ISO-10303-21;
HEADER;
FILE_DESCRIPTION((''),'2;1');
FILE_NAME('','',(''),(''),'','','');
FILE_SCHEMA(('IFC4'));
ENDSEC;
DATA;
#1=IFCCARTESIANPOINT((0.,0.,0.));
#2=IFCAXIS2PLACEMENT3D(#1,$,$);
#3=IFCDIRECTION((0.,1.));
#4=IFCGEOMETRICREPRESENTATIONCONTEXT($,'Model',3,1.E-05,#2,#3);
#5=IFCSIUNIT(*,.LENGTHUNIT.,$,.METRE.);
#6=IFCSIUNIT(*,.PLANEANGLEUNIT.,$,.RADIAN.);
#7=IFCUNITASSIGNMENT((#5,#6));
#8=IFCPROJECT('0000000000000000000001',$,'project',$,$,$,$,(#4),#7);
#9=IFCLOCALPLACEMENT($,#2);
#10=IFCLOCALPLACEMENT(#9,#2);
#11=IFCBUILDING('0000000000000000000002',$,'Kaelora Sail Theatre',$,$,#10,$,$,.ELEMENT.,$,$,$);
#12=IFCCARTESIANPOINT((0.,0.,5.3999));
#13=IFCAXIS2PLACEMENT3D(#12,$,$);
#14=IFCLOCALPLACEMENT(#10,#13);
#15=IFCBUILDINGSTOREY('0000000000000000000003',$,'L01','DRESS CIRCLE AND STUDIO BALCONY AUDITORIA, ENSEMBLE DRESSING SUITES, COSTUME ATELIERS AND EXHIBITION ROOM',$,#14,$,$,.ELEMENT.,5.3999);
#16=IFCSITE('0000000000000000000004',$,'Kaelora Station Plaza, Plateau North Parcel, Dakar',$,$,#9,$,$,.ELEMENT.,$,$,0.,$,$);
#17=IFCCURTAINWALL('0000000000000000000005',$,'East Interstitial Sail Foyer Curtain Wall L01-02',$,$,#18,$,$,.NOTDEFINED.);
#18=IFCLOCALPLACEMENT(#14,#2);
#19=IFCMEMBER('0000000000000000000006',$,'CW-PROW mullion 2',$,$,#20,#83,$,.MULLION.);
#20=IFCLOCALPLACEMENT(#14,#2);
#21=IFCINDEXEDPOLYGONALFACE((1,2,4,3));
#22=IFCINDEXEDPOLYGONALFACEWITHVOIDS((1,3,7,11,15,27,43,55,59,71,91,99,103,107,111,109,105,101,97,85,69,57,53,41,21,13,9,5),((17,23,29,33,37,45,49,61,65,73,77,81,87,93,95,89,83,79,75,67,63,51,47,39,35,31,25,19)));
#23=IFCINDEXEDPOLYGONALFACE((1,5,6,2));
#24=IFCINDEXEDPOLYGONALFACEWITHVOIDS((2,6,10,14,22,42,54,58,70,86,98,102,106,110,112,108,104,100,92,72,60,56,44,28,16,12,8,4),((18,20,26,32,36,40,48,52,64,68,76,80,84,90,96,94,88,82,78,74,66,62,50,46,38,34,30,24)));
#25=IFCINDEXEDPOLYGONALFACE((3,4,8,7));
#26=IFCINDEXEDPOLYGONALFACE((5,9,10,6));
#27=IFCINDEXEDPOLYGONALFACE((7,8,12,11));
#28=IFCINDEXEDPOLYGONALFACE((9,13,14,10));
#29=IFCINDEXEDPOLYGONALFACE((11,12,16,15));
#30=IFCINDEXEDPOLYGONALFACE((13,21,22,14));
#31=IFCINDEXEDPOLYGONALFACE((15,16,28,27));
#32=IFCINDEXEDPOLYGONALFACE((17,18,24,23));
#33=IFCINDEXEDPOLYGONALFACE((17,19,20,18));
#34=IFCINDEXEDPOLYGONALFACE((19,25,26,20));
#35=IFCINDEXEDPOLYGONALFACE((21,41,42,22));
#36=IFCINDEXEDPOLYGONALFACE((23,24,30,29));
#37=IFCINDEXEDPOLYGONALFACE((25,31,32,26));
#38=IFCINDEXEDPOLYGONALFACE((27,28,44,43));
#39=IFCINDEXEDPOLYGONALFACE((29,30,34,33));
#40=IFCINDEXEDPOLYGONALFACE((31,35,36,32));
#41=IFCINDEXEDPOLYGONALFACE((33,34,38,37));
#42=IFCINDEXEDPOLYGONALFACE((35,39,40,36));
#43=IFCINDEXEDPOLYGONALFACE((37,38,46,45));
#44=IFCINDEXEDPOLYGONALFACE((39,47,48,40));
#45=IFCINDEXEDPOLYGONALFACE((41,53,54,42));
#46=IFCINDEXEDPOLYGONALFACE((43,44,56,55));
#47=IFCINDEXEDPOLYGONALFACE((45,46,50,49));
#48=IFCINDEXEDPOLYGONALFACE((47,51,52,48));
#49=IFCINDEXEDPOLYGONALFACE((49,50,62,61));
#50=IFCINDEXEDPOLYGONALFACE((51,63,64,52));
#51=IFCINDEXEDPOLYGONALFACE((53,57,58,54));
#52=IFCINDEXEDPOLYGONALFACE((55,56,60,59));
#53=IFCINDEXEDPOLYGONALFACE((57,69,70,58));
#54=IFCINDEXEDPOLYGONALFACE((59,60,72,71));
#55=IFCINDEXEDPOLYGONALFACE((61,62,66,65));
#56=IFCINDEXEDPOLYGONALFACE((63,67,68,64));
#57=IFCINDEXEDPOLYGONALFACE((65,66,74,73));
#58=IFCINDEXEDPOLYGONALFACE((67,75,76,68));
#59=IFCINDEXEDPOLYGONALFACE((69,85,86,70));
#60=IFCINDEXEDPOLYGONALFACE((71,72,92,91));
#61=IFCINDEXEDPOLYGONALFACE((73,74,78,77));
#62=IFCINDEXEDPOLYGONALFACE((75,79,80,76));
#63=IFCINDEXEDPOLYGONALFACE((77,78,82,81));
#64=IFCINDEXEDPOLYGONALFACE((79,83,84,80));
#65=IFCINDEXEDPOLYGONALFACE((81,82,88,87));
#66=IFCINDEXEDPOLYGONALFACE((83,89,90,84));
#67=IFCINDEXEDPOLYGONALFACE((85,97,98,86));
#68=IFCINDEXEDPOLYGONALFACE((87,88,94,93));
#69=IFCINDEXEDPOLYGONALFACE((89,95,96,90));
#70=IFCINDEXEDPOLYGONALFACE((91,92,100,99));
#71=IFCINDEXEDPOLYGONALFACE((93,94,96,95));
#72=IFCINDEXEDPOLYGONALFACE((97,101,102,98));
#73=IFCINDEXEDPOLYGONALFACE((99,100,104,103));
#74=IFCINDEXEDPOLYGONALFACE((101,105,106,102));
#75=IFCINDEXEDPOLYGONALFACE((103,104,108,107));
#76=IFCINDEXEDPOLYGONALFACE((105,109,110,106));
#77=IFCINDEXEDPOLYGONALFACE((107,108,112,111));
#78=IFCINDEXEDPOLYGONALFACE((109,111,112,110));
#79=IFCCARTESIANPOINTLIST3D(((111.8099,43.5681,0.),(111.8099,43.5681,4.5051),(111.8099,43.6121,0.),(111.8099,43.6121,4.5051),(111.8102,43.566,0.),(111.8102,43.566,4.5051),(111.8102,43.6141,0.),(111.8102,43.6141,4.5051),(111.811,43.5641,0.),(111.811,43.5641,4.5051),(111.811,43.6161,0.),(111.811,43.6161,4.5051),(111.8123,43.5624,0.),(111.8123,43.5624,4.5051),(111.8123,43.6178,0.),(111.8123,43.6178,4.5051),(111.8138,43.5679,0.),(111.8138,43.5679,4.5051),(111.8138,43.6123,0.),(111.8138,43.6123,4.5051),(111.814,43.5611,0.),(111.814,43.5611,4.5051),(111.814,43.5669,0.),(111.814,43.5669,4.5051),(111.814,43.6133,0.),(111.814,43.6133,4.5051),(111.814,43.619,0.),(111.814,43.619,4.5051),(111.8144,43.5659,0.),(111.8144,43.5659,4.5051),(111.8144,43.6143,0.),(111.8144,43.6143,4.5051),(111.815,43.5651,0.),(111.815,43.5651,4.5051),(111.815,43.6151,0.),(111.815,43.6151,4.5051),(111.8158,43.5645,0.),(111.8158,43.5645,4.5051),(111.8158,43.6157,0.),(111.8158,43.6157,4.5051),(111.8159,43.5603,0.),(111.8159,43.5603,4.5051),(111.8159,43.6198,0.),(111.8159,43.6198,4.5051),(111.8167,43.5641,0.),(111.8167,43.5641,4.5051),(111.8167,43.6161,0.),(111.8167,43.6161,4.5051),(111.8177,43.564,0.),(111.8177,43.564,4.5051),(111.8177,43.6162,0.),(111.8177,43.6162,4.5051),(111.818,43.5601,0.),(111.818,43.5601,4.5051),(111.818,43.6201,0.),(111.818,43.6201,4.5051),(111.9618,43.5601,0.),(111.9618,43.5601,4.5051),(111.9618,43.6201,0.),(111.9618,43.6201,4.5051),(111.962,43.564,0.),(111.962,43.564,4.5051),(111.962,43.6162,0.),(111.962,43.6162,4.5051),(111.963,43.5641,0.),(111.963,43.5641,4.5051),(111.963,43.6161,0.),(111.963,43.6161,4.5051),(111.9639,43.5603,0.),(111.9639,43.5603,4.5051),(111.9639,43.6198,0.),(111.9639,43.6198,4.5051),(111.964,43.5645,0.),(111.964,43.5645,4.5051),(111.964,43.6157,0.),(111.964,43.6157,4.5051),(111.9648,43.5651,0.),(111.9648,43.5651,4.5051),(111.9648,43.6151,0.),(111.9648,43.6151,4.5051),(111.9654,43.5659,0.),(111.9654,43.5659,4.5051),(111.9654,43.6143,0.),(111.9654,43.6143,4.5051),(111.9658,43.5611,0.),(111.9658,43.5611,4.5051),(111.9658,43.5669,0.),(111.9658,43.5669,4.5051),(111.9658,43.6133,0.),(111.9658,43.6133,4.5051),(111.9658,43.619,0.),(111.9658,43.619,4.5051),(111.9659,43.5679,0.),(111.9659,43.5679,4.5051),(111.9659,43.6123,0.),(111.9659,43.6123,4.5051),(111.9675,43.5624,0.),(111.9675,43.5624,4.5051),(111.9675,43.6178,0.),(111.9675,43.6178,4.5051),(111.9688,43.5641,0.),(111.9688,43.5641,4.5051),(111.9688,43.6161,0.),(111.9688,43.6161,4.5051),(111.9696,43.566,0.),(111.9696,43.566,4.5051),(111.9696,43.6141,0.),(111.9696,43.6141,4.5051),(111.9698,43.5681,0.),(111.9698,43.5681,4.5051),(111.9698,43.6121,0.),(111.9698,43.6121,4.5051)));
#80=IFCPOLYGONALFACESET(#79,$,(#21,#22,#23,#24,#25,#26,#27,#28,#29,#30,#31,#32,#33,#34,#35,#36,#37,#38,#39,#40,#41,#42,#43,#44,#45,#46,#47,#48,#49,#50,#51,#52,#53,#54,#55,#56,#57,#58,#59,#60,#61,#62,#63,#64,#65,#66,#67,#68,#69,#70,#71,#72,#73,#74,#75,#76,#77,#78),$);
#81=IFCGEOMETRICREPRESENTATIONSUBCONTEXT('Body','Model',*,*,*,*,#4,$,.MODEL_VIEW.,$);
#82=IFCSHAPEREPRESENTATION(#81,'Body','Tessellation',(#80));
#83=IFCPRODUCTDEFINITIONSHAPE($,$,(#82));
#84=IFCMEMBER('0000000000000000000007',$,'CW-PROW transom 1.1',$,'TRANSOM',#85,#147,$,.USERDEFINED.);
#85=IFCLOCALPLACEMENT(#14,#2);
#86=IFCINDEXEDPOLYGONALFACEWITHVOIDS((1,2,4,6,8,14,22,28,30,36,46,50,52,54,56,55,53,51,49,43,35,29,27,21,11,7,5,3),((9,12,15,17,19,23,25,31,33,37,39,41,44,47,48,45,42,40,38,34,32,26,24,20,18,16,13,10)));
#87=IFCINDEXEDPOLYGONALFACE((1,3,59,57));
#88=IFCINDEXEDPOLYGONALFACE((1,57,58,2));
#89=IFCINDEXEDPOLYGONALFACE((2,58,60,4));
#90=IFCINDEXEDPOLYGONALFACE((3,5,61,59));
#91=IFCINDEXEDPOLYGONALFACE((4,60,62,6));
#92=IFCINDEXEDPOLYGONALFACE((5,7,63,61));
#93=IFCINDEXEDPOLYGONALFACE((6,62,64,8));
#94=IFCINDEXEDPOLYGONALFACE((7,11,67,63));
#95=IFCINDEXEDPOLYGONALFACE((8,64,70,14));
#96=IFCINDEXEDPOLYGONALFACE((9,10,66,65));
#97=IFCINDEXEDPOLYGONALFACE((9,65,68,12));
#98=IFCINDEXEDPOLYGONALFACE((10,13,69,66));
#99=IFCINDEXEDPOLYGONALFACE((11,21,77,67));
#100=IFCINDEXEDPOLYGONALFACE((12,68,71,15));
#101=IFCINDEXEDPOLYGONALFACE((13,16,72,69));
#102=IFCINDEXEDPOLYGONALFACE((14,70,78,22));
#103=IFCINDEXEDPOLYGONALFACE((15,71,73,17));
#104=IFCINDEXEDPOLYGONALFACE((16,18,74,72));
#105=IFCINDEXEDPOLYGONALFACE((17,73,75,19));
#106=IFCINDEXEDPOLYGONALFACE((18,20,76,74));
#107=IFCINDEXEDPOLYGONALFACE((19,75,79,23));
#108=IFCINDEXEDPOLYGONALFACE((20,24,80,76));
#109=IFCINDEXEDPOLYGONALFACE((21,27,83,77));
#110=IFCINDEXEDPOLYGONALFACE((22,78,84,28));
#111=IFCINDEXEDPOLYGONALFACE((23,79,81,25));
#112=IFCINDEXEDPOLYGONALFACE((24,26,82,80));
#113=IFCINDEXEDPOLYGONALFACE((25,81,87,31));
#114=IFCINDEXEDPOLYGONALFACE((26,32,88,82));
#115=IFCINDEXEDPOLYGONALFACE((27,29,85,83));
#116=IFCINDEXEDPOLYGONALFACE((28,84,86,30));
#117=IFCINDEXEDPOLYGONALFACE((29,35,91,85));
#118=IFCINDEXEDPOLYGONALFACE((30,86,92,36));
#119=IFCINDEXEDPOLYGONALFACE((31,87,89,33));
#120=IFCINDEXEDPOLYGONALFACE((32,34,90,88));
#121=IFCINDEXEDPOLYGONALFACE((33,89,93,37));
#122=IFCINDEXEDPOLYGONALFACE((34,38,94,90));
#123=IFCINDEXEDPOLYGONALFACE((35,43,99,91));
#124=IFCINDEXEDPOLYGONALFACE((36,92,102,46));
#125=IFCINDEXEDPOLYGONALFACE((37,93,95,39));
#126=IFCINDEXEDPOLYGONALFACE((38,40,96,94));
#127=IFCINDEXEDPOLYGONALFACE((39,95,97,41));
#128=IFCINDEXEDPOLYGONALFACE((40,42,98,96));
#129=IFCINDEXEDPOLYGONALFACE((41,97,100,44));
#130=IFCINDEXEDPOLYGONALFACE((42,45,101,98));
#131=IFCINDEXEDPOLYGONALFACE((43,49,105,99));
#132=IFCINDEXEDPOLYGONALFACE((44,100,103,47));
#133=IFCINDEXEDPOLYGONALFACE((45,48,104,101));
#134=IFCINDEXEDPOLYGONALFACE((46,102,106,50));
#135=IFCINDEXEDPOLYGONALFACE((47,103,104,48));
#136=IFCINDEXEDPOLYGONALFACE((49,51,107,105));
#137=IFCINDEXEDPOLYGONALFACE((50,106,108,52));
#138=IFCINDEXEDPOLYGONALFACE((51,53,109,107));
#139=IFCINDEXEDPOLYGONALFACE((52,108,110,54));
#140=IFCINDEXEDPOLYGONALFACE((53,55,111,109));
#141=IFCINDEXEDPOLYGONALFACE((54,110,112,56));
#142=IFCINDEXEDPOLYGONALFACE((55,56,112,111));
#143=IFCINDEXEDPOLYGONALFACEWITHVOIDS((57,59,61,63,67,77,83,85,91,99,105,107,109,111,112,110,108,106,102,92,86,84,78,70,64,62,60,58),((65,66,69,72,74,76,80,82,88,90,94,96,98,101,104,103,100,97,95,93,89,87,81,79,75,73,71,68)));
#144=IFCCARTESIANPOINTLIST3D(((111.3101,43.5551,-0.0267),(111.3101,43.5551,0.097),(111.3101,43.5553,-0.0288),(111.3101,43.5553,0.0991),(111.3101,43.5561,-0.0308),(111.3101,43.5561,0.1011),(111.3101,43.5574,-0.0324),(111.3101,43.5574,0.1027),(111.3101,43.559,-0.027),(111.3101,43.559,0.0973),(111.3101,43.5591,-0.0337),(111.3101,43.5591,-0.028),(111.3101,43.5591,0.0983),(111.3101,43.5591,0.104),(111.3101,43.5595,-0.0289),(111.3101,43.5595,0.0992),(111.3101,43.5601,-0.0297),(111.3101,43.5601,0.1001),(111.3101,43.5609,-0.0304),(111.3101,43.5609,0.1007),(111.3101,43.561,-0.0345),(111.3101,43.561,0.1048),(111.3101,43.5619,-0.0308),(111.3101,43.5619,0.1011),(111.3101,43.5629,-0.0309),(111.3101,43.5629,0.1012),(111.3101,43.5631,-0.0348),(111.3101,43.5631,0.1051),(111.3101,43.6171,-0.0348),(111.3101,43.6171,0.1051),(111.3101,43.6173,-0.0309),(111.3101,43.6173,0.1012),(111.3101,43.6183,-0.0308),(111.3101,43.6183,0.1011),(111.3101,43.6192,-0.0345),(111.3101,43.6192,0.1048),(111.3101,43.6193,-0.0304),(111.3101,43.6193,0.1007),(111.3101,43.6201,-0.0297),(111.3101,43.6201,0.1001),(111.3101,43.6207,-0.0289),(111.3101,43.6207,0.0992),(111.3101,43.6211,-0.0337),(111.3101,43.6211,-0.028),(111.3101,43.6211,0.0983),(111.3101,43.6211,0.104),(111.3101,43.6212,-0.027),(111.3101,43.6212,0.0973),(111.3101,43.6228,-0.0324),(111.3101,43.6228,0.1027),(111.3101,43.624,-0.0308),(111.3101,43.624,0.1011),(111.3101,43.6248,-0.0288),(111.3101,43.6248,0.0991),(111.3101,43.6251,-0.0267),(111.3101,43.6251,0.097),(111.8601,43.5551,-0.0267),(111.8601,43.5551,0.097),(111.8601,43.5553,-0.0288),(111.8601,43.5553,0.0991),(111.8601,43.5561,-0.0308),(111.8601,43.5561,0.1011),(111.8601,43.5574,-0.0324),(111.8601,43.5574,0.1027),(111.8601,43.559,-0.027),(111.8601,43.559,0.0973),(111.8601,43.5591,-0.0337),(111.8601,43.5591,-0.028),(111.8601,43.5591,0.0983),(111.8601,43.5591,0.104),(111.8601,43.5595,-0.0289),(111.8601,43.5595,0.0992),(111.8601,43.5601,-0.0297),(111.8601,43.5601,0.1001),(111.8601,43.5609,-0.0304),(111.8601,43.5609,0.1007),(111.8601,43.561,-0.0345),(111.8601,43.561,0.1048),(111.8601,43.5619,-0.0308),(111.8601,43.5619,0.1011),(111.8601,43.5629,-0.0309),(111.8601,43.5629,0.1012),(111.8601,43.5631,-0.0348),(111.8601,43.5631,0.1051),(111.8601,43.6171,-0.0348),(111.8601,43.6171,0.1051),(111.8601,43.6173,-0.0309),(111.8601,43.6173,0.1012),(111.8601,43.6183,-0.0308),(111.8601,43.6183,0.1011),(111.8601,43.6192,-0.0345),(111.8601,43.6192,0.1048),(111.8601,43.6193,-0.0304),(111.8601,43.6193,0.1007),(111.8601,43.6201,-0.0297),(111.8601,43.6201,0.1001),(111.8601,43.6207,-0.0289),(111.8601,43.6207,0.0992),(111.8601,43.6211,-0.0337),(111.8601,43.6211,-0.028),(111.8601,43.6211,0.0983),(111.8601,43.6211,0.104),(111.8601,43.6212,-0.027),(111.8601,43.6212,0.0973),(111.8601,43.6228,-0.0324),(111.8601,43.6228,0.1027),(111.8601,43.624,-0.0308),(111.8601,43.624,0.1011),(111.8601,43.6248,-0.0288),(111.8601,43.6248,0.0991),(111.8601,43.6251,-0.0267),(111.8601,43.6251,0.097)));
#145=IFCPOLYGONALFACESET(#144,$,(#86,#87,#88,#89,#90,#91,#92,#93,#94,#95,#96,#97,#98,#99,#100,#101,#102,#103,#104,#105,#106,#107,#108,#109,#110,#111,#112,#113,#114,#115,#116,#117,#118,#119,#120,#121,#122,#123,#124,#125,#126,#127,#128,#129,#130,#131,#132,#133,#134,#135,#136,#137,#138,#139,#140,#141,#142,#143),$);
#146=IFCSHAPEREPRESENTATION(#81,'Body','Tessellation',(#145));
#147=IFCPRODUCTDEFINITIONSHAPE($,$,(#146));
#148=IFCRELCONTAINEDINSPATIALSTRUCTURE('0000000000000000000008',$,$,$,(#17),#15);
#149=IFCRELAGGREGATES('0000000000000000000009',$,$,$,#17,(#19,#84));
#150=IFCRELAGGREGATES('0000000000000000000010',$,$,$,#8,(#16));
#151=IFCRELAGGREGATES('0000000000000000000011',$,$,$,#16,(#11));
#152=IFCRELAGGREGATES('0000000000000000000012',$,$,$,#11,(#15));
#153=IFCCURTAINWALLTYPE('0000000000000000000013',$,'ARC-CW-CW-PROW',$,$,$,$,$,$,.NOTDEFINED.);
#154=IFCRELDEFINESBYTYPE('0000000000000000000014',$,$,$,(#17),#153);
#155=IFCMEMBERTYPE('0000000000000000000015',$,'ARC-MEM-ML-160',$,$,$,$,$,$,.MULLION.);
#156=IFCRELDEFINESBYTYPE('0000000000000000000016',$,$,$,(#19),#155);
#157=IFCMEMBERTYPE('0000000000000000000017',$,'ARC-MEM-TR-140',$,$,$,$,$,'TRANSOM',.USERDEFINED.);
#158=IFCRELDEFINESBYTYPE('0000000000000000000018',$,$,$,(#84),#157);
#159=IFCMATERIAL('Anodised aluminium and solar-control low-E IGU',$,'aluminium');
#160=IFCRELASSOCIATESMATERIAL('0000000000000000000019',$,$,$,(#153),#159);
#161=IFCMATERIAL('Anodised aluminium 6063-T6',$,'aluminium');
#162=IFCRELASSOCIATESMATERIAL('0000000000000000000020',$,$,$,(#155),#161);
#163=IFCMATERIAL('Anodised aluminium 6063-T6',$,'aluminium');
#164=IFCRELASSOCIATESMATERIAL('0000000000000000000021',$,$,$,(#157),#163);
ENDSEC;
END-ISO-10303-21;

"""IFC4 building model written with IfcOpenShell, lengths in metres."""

from ifc_helpers import new_model, si_unit, direction, frame, origin, origin_2d, place, context, subcontext, project, spatial, hollow_rectangle, extrude, material, material_profile, profile_set, type_object, element, aggregate, save


model = new_model("IFC4")

# Units and contexts
model_context = context("Model", 3, precision=1e-05, world=origin(), true_north=direction((0.0, 1.0)))
body_context = subcontext(model_context, "Body", "Model", "MODEL_VIEW")
ifc_project = project(units=[si_unit("LENGTHUNIT", "METRE"), si_unit("PLANEANGLEUNIT", "RADIAN")], contexts=[model_context])

# Site, building, storey
site_placement = place(None, origin())
site = spatial("IfcSite", under=ifc_project, at=site_placement, Name="Kaelora Station Plaza, Plateau North Parcel, Dakar", CompositionType="ELEMENT", RefElevation=0.0)
building_placement = place(site_placement, origin())
building = spatial("IfcBuilding", under=site, at=building_placement, Name="Kaelora Sail Theatre", CompositionType="ELEMENT")
storey_placement = place(building_placement, frame((0.0, 0.0, 5.3999)))
storey = spatial("IfcBuildingStorey", under=building, at=storey_placement, Name="L01", Description="DRESS CIRCLE AND STUDIO BALCONY AUDITORIA, ENSEMBLE DRESSING SUITES, COSTUME ATELIERS AND EXHIBITION ROOM", CompositionType="ELEMENT", Elevation=5.3999)

# Shared definitions
ifc_material_1 = material(Name="Anodised aluminium and solar-control low-E IGU", Category="aluminium")
curtain_wall_type = type_object("IfcCurtainWallType", Name="ARC-CW-CW-PROW", PredefinedType="NOTDEFINED", material=ifc_material_1)
ifc_material_2 = material(Name="Anodised aluminium 6063-T6", Category="aluminium")
ifc_material_profile_1 = material_profile(ifc_material_2, hollow_rectangle(XDim=0.0601, YDim=0.1599, WallThickness=0.0039, InnerFilletRadius=0.0039, OuterFilletRadius=0.0081, at=origin_2d()), Name="ALU-MULL 60x160x4")
ifc_profile_set_1 = profile_set([ifc_material_profile_1], Name="Anodised aluminium 6063-T6")
member_type_1 = type_object("IfcMemberType", Name="ARC-MEM-ML-160", PredefinedType="MULLION", material=ifc_profile_set_1)

# Curtain wall, members
curtain_wall_1_placement = place(storey_placement, origin())
curtain_wall_1 = element("IfcCurtainWall", 1, at=curtain_wall_1_placement, inside=storey, type_object=curtain_wall_type, Name="East Interstitial Sail Foyer Curtain Wall L01-02", PredefinedType="NOTDEFINED")
member_1_placement = place(storey_placement, frame((111.8899, 43.5901, 0.0), z_axis=(0.0, 0.0, 1.0), x_axis=(0.0, 1.0, 0.0)))
member_1 = element("IfcMember", 2, at=member_1_placement, type_object=member_type_1, Name="CW-PROW mullion 2", PredefinedType="MULLION", context=body_context, shape_type="SweptSolid", body=[
    extrude(hollow_rectangle(XDim=0.0601, YDim=0.1599, WallThickness=0.0039, InnerFilletRadius=0.0039, OuterFilletRadius=0.0081, at=origin_2d()), origin(), (0.0, 0.0, 1.0), 4.5051),
])
ifc_material_3 = material(Name="Anodised aluminium 6063-T6", Category="aluminium")
ifc_material_profile_2 = material_profile(ifc_material_3, hollow_rectangle(XDim=0.0701, YDim=0.1399, WallThickness=0.0039, InnerFilletRadius=0.0039, OuterFilletRadius=0.0081, at=origin_2d()), Name="ALU-TRAN 70x140x4")
ifc_profile_set_2 = profile_set([ifc_material_profile_2], Name="Anodised aluminium 6063-T6")
member_type_2 = type_object("IfcMemberType", Name="ARC-MEM-TR-140", ElementType="TRANSOM", PredefinedType="USERDEFINED", material=ifc_profile_set_2)
member_2_placement = place(storey_placement, frame((111.3101, 43.5901, 0.0352), z_axis=(1.0, 0.0, 0.0), x_axis=(0.0, 1.0, 0.0)))
member_2 = element("IfcMember", 3, at=member_2_placement, type_object=member_type_2, Name="CW-PROW transom 1.1", ObjectType="TRANSOM", PredefinedType="USERDEFINED", context=body_context, shape_type="SweptSolid", body=[
    extrude(hollow_rectangle(XDim=0.0701, YDim=0.1399, WallThickness=0.0039, InnerFilletRadius=0.0039, OuterFilletRadius=0.0081, at=origin_2d()), origin(), (0.0, 0.0, 1.0), 0.55),
])

aggregate(curtain_wall_1, [member_1, member_2])

save(model, "model.ifc")
